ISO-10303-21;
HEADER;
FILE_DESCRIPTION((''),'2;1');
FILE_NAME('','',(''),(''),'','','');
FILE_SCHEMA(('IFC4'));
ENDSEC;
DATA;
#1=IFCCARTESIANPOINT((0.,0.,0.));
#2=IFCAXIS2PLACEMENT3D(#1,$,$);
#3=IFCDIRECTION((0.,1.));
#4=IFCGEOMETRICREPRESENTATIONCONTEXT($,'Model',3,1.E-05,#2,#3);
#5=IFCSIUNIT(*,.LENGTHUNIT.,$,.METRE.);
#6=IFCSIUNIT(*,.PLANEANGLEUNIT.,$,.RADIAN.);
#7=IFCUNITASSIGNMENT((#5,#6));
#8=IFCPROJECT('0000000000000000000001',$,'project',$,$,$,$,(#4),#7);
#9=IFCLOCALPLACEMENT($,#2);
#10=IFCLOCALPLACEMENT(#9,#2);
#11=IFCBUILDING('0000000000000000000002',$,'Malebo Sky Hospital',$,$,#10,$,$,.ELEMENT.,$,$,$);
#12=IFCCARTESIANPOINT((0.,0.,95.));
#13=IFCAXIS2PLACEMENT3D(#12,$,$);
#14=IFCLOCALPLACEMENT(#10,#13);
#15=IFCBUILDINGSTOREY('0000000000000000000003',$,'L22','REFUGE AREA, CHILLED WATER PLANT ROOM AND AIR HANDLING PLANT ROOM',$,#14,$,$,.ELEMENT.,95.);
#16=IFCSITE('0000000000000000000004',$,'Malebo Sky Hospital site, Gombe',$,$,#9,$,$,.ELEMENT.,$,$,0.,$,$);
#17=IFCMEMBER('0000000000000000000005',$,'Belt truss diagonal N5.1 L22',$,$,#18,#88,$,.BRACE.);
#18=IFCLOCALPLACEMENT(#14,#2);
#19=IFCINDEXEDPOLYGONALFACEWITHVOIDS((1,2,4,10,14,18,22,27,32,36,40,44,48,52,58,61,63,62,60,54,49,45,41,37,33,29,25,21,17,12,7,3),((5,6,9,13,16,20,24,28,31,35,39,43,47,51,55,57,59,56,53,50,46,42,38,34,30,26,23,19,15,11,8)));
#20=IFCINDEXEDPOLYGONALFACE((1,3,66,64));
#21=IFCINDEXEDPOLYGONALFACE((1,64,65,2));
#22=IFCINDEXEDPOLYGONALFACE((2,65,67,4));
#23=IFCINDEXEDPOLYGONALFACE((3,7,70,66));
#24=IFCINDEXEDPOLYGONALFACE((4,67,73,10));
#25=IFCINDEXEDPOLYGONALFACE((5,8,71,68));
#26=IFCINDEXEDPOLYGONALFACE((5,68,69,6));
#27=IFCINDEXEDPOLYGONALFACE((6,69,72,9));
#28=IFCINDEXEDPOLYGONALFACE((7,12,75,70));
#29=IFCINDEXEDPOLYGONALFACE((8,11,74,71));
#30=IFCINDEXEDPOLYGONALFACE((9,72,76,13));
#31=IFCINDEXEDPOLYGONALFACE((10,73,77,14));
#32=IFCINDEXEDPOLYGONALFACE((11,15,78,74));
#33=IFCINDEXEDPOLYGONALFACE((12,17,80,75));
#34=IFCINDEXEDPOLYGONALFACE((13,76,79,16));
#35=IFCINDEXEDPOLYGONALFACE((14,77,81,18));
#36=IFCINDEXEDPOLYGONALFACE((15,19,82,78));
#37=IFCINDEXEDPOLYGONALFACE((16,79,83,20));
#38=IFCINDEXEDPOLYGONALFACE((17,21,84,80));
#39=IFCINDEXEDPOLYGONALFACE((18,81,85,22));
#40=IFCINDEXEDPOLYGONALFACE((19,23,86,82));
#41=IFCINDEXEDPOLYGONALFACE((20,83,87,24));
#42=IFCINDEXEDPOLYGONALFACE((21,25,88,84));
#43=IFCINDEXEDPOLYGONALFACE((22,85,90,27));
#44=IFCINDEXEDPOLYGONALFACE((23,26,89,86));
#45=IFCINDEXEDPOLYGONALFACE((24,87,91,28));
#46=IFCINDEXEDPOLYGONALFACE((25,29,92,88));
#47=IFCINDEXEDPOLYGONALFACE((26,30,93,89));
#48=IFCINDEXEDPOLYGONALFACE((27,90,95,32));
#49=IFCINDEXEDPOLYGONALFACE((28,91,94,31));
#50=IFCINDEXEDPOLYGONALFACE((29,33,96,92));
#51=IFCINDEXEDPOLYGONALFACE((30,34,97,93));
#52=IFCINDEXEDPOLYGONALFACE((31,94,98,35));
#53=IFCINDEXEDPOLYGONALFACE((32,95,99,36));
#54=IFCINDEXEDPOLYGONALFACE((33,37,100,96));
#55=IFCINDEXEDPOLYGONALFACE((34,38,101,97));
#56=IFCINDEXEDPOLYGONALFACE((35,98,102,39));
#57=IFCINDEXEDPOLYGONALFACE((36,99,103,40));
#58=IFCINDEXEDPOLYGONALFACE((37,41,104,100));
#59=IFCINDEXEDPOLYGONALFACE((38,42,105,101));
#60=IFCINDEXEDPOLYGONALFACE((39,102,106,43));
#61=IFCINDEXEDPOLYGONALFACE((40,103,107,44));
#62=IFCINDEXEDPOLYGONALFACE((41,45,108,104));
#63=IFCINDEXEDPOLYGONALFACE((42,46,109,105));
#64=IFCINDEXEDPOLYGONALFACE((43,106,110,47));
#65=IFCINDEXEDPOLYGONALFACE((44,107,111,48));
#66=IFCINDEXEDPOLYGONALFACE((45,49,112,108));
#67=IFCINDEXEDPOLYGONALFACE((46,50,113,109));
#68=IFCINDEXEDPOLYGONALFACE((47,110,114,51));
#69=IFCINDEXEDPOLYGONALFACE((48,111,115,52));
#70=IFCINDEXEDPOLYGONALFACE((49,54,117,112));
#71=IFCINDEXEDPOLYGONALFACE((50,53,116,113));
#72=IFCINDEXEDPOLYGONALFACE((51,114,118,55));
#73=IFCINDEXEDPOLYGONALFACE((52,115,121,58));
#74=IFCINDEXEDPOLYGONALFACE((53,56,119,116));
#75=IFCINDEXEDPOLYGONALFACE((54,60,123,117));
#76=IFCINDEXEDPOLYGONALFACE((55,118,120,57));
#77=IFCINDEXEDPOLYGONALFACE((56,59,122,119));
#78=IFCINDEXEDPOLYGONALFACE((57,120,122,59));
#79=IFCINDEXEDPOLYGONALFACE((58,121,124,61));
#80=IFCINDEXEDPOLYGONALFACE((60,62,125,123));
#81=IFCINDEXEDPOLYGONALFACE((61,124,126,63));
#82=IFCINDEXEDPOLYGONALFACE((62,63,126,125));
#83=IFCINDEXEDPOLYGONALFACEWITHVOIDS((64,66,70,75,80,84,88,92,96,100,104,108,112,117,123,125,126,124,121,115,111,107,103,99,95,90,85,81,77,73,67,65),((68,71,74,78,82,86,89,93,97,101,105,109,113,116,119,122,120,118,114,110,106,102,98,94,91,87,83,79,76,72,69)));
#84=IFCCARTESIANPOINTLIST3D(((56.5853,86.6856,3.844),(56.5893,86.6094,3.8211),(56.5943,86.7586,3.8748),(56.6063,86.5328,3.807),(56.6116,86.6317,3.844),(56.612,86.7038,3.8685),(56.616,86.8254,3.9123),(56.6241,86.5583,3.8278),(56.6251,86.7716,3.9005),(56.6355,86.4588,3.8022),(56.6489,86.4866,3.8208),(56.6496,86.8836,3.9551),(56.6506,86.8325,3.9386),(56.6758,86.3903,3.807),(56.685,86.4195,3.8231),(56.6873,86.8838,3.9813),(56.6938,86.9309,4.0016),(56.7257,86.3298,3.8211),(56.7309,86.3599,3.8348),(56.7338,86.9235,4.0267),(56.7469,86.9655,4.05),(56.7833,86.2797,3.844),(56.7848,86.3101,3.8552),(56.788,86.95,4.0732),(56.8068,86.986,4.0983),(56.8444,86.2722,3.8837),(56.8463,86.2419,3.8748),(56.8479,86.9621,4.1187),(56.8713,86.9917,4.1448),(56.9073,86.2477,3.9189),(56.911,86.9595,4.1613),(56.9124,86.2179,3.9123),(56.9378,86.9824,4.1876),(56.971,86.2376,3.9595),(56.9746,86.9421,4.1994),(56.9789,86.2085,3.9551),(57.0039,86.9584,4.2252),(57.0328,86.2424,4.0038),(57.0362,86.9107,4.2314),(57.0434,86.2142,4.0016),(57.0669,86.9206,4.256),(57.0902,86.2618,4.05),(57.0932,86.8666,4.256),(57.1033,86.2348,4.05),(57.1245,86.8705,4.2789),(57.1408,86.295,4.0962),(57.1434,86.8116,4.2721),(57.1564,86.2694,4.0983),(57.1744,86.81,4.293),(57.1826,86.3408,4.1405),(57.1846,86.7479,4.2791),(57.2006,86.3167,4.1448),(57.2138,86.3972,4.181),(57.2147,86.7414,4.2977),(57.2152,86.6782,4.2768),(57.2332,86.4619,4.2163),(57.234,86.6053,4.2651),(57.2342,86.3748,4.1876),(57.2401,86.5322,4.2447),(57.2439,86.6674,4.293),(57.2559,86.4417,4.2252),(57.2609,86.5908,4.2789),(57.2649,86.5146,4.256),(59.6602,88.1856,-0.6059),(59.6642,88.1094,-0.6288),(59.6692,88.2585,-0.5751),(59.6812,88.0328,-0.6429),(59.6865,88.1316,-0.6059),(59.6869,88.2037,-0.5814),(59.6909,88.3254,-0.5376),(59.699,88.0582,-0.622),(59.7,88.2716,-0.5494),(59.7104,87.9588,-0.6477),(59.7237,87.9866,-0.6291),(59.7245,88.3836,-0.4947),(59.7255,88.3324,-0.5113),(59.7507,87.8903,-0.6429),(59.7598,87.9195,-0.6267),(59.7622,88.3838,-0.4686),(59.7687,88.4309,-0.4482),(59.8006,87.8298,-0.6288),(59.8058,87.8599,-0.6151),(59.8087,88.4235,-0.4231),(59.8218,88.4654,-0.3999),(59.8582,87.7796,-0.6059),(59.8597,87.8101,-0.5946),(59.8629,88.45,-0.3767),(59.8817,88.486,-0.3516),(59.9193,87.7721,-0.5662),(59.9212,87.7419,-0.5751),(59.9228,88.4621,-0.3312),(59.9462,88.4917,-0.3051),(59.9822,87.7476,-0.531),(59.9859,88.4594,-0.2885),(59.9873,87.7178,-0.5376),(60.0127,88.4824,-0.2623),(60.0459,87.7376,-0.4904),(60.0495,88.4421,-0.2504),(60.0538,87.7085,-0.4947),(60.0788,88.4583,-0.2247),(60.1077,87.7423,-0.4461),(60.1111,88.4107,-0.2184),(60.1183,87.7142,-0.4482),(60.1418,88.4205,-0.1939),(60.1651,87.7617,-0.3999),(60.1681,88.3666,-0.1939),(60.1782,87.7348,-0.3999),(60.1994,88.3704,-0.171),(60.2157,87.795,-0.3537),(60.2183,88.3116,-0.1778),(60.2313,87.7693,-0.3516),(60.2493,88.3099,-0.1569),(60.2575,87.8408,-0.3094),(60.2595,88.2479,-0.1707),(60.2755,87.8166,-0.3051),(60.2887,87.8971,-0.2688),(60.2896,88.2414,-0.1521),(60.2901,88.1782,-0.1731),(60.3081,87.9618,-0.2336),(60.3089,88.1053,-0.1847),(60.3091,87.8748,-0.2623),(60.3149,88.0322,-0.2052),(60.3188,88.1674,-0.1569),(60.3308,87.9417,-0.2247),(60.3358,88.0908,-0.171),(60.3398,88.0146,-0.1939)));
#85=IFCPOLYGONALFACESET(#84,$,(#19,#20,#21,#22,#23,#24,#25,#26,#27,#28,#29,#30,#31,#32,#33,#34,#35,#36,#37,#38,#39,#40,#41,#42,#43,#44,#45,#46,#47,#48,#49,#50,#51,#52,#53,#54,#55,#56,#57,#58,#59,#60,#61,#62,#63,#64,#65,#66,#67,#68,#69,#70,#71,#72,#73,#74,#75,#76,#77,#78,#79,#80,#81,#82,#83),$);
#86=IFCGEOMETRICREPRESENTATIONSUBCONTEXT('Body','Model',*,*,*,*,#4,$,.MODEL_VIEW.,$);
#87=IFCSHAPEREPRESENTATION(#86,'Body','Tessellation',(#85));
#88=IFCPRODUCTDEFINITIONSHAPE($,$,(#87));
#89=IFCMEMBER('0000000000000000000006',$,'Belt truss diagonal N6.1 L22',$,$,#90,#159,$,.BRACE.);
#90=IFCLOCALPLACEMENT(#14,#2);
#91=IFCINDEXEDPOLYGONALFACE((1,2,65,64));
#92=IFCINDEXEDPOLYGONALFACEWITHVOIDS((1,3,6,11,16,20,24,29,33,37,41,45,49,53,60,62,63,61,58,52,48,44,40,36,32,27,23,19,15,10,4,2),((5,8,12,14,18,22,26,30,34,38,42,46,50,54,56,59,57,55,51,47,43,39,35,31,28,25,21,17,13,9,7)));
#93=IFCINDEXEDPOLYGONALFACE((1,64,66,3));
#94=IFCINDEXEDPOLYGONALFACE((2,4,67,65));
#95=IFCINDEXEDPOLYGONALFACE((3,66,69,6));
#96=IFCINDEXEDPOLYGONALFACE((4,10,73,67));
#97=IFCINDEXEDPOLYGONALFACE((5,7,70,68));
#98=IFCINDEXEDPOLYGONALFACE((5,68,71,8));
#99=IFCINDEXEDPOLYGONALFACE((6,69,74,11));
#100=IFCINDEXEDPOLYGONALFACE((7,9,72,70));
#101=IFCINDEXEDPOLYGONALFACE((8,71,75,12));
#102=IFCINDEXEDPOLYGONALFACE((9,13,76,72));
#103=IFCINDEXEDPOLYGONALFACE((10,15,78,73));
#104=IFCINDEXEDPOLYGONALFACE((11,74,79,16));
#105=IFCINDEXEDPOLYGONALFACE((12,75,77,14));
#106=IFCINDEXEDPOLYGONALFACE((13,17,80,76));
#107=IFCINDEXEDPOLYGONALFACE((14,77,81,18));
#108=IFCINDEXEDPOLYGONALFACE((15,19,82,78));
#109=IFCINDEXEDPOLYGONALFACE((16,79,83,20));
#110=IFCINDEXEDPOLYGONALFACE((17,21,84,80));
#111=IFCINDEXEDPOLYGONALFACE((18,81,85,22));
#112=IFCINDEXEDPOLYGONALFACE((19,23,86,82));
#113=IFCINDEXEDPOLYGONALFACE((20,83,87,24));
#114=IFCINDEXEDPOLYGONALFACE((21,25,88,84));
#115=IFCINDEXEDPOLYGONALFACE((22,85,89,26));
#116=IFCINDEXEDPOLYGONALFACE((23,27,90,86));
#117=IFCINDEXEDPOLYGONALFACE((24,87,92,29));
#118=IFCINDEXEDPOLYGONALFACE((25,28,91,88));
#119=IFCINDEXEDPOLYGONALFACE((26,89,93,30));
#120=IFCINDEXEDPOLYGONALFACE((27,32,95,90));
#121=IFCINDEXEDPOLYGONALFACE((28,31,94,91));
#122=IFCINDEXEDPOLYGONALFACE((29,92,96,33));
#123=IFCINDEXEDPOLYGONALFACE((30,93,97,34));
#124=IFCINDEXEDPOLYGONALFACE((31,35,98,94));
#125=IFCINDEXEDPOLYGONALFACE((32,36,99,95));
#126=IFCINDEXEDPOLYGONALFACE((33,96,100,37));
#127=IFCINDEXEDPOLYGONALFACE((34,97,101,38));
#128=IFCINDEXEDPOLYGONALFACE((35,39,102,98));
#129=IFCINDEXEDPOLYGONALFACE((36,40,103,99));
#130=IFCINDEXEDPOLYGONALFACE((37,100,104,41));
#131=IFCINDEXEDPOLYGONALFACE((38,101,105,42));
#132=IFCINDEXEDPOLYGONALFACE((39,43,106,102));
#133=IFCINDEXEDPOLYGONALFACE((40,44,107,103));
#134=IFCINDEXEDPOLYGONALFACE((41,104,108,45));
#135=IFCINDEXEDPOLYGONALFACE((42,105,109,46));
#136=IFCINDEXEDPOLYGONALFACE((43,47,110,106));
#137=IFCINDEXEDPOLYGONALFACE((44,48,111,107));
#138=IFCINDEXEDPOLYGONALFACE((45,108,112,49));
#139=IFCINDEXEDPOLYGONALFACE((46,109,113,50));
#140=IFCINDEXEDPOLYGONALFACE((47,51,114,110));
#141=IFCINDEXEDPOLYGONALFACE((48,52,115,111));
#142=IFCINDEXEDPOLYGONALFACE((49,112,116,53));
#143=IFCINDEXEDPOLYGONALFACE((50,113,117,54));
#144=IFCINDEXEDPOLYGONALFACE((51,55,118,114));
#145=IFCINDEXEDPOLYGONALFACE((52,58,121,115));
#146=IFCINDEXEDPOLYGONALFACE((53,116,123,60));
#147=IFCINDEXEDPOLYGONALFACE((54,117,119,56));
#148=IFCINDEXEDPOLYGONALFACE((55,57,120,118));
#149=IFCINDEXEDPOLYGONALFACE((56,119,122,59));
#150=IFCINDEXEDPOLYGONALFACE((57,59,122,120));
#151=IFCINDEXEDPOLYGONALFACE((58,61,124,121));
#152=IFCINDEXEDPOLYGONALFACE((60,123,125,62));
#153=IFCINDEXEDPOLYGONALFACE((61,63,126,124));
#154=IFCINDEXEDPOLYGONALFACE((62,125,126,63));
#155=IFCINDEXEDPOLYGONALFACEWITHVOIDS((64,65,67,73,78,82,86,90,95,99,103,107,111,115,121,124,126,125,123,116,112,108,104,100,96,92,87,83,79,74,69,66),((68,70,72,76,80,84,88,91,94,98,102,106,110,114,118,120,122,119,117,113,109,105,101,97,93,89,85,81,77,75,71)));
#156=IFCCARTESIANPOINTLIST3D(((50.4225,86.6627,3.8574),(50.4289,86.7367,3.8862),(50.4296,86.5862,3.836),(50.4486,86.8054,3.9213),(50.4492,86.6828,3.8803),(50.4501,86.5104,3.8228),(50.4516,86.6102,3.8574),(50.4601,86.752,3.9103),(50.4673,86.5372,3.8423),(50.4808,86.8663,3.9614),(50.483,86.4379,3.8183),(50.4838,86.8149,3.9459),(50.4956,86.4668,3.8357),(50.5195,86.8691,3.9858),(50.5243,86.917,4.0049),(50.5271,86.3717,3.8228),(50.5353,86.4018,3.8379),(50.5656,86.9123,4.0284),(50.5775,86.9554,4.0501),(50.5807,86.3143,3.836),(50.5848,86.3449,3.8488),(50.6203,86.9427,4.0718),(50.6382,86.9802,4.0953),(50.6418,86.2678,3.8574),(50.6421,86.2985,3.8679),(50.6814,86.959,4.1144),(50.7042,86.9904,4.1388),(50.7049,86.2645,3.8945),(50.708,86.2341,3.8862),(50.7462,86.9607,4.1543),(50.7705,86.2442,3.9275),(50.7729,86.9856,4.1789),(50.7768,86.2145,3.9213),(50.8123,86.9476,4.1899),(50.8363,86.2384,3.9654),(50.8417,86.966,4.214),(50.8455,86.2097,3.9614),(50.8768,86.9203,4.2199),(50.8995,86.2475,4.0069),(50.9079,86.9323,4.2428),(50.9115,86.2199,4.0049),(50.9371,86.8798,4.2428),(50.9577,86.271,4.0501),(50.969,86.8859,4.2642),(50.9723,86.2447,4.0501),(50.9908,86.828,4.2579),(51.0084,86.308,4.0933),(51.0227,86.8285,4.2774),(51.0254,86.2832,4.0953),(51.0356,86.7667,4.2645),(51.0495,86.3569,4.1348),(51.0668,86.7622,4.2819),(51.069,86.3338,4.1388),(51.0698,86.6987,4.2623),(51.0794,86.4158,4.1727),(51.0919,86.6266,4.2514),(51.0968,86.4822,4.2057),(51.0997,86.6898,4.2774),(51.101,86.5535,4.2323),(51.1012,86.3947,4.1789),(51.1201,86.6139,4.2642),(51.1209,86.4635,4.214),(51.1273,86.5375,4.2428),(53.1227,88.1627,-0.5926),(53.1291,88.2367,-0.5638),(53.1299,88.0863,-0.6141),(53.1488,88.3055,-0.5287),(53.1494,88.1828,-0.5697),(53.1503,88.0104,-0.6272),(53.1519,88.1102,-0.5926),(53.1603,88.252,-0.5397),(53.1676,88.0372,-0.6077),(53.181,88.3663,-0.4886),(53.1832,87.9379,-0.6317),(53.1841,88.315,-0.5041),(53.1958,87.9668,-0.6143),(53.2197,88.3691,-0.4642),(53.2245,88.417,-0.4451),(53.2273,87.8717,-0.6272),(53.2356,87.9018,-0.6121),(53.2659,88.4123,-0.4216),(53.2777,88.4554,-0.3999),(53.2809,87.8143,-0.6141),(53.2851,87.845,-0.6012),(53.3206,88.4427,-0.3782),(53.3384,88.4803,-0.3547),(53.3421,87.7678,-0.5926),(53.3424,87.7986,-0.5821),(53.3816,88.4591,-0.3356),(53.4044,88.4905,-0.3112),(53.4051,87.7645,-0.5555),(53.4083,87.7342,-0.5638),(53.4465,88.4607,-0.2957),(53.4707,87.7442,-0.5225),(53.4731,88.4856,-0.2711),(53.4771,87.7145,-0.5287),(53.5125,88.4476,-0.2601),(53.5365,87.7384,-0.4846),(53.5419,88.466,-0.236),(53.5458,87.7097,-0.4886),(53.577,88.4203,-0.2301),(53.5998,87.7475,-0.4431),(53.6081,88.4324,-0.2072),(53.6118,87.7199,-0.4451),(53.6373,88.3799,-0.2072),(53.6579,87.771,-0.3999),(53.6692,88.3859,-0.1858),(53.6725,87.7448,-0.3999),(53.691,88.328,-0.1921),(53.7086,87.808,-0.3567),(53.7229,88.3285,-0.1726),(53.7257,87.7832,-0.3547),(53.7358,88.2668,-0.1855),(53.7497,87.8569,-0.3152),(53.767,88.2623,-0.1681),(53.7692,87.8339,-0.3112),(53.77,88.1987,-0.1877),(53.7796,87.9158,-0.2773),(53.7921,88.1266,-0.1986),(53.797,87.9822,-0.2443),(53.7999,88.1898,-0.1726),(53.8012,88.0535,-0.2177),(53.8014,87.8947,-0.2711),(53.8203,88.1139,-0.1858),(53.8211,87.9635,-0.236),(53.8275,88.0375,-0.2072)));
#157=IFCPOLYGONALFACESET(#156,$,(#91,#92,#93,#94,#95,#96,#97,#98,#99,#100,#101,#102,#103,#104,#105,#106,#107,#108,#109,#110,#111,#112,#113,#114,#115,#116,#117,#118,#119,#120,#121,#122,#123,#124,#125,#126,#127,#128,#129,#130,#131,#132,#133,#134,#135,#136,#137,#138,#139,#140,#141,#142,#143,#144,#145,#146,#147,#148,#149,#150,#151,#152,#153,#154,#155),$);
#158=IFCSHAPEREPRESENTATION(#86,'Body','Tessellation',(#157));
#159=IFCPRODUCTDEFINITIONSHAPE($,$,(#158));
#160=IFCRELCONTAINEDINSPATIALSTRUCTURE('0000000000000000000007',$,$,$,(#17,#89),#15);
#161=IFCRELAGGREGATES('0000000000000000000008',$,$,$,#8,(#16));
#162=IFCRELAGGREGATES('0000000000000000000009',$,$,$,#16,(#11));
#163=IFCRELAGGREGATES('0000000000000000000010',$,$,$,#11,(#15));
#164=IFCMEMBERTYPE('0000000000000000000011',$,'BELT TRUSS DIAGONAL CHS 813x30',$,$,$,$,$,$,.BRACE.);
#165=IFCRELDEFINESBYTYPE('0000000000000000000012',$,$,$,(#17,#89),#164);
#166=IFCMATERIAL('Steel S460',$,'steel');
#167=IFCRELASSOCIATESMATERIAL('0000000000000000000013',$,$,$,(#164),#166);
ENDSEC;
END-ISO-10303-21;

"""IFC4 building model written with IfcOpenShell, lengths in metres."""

from ifc_helpers import new_model, si_unit, direction, frame, origin, origin_2d, place, context, subcontext, project, spatial, hollow_circle, extrude, material, material_profile, profile_set, type_object, element, save


model = new_model("IFC4")

# Units and contexts
model_context = context("Model", 3, precision=1e-05, world=origin(), true_north=direction((0.0, 1.0)))
body_context = subcontext(model_context, "Body", "Model", "MODEL_VIEW")
ifc_project = project(units=[si_unit("LENGTHUNIT", "METRE"), si_unit("PLANEANGLEUNIT", "RADIAN")], contexts=[model_context])

# Site, building, storey
site_placement = place(None, origin())
site = spatial("IfcSite", under=ifc_project, at=site_placement, Name="Malebo Sky Hospital site, Gombe", CompositionType="ELEMENT", RefElevation=0.0)
building_placement = place(site_placement, origin())
building = spatial("IfcBuilding", under=site, at=building_placement, Name="Malebo Sky Hospital", CompositionType="ELEMENT")
storey_placement = place(building_placement, frame((0.0, 0.0, 95.0)))
storey = spatial("IfcBuildingStorey", under=building, at=storey_placement, Name="L22", Description="REFUGE AREA, CHILLED WATER PLANT ROOM AND AIR HANDLING PLANT ROOM", CompositionType="ELEMENT", Elevation=95.0)

# Members
ifc_material_1 = material(Name="Steel S460", Category="steel")
ifc_material_profile_1 = material_profile(ifc_material_1, hollow_circle(Radius=0.4065, WallThickness=0.03, at=origin_2d()), Name="CHS 813x30")
ifc_profile_set_1 = profile_set([ifc_material_profile_1], Name="Steel S460")
member_type_1 = type_object("IfcMemberType", Name="BELT TRUSS DIAGONAL CHS 813x30", PredefinedType="BRACE", material=ifc_profile_set_1)
member_1_placement = place(storey_placement, frame((60.0, 88.1001, -0.3999), z_axis=(-0.547813, -0.26723, 0.792773), x_axis=(0.438429, -0.898766, 0.0)))
element("IfcMember", 1, at=member_1_placement, inside=storey, type_object=member_type_1, Name="Belt truss diagonal N5.1 L22", PredefinedType="BRACE", context=body_context, shape_type="SweptSolid", body=[
    extrude(hollow_circle(Radius=0.4065, WallThickness=0.03, at=origin_2d()), origin(), (0.0, 0.0, 1.0), 5.613),
])
member_2_placement = place(storey_placement, frame((53.4751, 88.1001, -0.3999), z_axis=(-0.498473, -0.27691, 0.82149), x_axis=(0.485616, -0.874172, 0.0)))
element("IfcMember", 2, at=member_2_placement, inside=storey, type_object=member_type_1, Name="Belt truss diagonal N6.1 L22", PredefinedType="BRACE", context=body_context, shape_type="SweptSolid", body=[
    extrude(hollow_circle(Radius=0.4065, WallThickness=0.03, at=origin_2d()), origin(), (0.0, 0.0, 1.0), 5.417),
])

save(model, "model.ifc")
